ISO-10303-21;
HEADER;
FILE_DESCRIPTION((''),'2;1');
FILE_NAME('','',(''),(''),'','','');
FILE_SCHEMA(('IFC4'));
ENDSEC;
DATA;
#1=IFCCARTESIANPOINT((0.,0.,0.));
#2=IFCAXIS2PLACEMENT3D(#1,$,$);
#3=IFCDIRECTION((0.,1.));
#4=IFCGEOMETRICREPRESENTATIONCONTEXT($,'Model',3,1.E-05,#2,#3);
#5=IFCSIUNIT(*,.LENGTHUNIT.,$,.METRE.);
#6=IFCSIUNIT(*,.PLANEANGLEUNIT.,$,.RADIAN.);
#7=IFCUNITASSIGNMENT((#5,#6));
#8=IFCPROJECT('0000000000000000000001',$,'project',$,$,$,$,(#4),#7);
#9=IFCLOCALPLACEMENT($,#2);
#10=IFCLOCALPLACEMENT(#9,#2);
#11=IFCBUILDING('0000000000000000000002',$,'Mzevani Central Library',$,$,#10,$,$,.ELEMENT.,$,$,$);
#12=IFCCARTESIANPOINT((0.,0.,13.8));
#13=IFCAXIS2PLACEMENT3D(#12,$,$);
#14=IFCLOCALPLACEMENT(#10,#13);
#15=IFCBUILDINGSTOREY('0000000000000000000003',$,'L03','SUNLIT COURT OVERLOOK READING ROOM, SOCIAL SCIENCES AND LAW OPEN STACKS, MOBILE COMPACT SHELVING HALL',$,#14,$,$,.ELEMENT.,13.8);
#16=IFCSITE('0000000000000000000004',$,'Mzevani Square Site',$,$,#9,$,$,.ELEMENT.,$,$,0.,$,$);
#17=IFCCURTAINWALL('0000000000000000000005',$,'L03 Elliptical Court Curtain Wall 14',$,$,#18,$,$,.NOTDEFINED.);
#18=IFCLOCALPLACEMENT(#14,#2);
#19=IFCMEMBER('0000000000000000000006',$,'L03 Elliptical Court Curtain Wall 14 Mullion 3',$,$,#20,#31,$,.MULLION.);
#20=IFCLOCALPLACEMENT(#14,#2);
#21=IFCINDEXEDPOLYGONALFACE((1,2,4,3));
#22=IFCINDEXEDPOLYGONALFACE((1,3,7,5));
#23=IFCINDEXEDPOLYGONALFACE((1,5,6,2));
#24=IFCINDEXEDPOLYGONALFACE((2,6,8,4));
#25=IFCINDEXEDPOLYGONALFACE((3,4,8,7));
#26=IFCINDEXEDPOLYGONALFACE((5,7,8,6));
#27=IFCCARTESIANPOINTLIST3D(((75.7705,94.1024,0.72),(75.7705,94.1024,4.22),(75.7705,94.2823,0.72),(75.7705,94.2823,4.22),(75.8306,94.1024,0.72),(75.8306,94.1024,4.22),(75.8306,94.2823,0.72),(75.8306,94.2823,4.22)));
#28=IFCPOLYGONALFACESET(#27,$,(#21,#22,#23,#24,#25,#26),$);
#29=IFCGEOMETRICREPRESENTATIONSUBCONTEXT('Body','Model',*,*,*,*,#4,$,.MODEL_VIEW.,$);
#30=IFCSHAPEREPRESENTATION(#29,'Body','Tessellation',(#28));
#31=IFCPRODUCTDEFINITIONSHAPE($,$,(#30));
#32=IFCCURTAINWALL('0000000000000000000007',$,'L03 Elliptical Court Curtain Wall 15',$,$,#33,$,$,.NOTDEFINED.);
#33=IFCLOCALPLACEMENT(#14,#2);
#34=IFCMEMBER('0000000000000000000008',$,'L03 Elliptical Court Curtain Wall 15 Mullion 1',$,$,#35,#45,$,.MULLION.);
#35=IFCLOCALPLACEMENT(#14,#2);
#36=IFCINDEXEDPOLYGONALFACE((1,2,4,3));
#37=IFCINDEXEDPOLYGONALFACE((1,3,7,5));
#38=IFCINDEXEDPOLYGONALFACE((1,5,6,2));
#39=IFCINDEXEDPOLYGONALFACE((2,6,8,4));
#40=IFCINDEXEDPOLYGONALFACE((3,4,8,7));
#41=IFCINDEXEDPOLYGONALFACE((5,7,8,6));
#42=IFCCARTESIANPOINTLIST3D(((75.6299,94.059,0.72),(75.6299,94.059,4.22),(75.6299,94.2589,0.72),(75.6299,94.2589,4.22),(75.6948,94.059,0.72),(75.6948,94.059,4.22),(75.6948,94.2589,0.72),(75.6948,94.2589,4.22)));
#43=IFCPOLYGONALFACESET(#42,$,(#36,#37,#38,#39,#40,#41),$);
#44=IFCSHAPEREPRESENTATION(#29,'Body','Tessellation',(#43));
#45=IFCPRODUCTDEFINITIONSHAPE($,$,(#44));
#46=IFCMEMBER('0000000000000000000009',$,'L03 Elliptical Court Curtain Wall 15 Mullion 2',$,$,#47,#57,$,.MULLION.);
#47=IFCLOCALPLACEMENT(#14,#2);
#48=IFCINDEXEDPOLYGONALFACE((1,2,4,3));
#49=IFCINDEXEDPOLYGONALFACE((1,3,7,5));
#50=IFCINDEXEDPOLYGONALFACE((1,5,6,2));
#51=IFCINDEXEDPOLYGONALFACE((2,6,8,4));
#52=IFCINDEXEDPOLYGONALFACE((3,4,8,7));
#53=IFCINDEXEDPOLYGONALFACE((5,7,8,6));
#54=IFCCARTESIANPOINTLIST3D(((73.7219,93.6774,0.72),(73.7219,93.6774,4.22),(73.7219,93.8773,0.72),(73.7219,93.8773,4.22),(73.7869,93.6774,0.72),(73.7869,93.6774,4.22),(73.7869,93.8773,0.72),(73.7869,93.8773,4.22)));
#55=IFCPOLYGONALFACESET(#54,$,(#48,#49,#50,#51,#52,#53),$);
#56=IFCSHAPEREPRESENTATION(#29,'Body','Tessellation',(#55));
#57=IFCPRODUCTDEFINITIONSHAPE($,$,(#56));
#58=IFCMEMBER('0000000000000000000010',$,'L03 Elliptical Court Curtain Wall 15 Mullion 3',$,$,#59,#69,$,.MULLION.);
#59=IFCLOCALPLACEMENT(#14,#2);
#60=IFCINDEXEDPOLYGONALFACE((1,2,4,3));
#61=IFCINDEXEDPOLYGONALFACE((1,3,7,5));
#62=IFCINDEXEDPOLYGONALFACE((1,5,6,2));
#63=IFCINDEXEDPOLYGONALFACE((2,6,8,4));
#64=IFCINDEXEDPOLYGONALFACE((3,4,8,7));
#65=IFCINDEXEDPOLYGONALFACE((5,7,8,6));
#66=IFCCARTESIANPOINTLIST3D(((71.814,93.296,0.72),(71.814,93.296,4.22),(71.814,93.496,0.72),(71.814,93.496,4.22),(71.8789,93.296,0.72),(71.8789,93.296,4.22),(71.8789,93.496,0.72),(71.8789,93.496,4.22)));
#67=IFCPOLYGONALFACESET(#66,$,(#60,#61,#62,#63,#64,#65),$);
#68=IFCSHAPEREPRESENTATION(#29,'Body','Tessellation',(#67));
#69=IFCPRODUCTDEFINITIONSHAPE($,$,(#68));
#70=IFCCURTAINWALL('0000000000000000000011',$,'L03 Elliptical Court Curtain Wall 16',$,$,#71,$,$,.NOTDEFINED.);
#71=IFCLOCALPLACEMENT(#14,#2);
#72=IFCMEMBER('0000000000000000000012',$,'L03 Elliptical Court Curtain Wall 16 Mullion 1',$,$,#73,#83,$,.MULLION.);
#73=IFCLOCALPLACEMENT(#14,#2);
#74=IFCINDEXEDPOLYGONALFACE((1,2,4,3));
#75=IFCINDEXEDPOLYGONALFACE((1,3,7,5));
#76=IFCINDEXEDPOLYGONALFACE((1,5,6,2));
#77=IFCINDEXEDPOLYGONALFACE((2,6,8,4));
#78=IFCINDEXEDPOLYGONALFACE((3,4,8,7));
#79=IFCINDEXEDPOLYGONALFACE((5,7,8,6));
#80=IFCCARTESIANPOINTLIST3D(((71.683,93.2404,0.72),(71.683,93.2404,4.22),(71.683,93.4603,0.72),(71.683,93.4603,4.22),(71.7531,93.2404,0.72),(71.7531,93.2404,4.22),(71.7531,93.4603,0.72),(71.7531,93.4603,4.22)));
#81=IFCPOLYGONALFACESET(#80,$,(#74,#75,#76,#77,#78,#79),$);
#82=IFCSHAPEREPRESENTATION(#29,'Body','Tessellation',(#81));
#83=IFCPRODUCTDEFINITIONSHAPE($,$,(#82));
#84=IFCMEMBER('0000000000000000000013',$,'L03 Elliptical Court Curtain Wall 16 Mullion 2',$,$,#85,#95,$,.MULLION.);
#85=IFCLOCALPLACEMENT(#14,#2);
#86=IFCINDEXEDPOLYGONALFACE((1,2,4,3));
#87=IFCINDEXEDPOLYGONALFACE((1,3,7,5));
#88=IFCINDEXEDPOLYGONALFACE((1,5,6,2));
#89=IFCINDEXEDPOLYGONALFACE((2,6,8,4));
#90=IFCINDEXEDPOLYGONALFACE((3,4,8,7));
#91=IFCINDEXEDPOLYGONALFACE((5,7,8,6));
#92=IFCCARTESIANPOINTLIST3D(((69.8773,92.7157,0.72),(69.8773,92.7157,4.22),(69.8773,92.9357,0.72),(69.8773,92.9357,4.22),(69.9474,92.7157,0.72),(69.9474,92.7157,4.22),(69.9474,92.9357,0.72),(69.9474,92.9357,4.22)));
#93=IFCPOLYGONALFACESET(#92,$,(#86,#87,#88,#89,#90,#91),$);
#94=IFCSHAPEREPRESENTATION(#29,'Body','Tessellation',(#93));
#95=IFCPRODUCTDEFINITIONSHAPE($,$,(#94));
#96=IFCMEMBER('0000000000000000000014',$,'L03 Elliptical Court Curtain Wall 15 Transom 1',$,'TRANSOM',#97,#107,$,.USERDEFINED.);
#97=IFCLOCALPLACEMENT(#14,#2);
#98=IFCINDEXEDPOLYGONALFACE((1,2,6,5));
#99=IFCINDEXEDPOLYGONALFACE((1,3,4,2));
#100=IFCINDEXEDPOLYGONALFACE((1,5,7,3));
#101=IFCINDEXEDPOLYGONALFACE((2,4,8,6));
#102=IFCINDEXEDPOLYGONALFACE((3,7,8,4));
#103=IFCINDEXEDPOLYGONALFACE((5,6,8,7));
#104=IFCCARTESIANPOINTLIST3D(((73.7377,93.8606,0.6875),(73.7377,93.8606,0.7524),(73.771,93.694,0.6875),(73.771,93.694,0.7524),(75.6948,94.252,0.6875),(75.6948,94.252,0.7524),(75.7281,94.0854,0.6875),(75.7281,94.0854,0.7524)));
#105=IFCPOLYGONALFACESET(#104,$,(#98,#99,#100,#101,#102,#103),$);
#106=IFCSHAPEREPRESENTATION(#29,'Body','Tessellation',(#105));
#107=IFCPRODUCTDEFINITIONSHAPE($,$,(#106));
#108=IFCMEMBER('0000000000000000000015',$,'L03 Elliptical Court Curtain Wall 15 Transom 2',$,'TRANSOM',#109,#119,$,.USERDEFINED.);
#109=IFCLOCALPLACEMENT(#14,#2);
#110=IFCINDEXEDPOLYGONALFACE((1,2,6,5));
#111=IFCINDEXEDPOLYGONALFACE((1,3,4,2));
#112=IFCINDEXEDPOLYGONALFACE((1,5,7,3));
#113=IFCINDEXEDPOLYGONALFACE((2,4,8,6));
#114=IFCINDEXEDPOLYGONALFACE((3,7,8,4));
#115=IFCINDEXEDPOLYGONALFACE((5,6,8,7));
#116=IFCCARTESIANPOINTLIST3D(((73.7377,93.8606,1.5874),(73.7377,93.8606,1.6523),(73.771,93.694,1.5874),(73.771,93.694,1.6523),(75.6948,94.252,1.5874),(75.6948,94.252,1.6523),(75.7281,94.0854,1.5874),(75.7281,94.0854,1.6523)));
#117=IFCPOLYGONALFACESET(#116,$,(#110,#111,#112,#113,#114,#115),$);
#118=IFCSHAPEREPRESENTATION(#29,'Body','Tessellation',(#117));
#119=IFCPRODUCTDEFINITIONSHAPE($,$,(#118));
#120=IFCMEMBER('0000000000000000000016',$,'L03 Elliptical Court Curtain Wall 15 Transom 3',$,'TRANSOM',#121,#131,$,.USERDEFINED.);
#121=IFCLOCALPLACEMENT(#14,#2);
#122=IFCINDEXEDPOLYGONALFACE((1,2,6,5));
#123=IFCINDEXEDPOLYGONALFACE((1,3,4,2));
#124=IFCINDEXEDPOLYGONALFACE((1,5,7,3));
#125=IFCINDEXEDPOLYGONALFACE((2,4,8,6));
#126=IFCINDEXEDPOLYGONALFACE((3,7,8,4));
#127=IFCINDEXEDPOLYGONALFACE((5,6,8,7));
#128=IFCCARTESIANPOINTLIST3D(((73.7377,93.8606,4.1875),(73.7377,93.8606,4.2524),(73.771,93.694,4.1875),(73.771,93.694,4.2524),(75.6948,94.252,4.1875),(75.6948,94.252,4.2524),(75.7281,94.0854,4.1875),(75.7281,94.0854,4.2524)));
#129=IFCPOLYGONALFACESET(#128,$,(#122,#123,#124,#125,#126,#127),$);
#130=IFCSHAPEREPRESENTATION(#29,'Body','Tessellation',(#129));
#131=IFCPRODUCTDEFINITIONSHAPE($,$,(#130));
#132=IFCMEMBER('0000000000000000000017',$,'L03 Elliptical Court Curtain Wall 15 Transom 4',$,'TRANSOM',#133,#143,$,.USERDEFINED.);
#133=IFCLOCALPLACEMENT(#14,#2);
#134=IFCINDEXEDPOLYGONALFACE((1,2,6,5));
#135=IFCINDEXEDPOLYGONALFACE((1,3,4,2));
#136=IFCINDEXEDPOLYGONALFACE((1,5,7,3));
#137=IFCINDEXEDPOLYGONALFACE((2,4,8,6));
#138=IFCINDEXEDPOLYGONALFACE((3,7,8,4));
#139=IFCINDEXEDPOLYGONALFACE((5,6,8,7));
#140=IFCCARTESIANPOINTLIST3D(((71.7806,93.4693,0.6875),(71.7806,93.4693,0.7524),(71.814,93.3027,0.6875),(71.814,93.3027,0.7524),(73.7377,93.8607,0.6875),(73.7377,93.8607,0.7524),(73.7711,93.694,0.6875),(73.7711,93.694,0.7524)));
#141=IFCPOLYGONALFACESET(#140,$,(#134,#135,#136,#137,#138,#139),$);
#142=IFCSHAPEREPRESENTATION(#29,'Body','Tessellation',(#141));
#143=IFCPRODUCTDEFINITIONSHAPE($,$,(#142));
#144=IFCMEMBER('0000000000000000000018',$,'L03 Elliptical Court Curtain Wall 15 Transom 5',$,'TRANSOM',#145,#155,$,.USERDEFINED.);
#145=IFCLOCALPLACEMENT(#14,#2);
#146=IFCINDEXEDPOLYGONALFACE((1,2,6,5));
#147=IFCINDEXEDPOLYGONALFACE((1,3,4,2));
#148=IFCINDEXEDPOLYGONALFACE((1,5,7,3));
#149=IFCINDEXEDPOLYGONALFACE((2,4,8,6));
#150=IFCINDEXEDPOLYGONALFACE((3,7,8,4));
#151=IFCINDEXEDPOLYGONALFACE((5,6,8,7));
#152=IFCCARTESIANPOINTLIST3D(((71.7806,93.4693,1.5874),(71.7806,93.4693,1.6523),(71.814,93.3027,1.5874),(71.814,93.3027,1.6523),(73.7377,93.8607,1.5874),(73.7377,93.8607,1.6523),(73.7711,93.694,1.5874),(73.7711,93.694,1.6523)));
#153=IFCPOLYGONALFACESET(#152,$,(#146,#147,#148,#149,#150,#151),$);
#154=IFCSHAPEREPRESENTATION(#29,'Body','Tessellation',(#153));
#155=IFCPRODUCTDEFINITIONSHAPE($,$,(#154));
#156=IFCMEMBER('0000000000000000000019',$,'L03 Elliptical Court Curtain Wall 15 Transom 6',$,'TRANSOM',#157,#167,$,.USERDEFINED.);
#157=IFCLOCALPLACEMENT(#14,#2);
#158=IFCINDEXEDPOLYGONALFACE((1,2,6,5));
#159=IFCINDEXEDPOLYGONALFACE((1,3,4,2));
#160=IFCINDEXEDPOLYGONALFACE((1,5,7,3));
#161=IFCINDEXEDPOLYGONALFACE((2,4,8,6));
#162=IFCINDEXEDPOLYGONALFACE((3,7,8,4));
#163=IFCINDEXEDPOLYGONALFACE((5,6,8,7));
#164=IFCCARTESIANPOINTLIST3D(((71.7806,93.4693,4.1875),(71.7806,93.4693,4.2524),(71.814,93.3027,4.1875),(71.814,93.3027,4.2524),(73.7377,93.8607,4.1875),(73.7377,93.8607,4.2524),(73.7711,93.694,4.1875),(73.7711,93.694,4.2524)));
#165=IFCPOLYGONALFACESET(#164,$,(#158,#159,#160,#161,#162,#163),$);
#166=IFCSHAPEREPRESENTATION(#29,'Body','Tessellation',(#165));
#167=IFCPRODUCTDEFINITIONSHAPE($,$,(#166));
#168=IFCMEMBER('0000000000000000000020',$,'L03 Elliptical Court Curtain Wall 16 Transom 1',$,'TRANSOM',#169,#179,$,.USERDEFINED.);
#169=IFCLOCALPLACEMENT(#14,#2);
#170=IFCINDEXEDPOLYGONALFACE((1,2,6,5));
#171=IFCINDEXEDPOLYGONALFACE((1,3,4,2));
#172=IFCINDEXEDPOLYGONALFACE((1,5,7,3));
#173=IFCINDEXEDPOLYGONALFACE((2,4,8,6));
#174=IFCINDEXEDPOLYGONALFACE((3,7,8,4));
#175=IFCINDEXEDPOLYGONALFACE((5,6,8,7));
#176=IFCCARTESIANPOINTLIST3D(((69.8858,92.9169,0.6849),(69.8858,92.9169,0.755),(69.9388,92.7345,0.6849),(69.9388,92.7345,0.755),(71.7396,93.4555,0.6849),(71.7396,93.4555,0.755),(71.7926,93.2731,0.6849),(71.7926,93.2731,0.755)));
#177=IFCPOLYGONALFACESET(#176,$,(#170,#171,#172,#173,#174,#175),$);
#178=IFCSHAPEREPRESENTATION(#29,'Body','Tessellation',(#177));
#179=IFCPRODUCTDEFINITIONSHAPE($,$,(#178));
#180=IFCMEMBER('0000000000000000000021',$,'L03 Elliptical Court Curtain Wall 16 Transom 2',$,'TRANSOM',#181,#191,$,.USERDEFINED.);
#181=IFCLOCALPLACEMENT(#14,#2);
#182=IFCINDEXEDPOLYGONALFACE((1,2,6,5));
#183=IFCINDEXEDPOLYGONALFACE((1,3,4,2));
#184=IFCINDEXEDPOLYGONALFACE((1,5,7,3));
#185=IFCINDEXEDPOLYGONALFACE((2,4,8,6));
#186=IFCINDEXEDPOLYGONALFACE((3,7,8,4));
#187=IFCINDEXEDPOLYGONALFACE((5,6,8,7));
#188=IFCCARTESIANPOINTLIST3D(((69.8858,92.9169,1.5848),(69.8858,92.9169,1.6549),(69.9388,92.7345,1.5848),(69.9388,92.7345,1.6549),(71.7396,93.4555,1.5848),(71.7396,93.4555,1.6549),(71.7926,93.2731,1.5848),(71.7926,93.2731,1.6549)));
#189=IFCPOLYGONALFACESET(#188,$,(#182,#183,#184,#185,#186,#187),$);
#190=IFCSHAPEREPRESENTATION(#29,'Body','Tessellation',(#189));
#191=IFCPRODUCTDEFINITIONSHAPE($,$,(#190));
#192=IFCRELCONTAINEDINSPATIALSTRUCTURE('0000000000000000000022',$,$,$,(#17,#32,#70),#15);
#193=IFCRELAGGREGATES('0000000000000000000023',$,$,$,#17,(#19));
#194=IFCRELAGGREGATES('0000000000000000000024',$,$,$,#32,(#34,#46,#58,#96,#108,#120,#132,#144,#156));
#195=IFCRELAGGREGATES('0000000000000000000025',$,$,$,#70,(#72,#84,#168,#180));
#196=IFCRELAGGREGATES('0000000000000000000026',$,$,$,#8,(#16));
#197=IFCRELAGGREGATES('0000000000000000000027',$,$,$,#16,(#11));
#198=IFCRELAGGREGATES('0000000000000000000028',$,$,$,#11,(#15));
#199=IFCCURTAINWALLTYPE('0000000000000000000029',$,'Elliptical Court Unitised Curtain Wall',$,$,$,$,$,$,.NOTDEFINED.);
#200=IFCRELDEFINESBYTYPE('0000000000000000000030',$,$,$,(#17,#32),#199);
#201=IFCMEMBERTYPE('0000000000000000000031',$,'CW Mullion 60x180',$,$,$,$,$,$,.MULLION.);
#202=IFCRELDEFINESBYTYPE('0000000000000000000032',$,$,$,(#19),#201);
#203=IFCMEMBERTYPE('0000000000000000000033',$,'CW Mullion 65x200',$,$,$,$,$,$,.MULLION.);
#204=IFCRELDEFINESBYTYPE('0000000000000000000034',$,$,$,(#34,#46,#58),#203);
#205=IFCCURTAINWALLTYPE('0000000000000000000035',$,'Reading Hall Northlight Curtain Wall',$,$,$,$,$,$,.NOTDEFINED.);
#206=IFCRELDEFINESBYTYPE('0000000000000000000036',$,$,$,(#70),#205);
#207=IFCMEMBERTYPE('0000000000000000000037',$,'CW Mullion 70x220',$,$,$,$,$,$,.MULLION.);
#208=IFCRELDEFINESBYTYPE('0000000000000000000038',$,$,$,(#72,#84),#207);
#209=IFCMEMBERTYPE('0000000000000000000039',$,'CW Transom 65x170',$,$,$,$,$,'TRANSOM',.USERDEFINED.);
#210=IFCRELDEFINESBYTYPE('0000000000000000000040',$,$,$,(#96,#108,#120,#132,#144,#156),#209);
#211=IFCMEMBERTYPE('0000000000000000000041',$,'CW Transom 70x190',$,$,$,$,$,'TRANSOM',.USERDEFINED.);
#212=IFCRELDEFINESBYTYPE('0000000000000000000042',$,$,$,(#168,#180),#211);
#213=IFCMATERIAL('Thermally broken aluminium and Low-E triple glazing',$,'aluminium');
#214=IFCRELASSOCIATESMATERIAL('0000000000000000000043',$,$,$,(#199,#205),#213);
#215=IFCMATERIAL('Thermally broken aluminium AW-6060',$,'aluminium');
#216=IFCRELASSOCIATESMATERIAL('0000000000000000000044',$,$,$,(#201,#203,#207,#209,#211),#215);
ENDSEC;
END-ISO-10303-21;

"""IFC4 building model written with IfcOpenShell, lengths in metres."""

from ifc_helpers import new_model, si_unit, direction, frame, origin, origin_2d, place, context, subcontext, project, spatial, rectangle, extrude, material, material_profile, profile_set, type_object, element, aggregate, save


model = new_model("IFC4")

# Units and contexts
model_context = context("Model", 3, precision=1e-05, world=origin(), true_north=direction((0.0, 1.0)))
body_context = subcontext(model_context, "Body", "Model", "MODEL_VIEW")
ifc_project = project(units=[si_unit("LENGTHUNIT", "METRE"), si_unit("PLANEANGLEUNIT", "RADIAN")], contexts=[model_context])

# Site, building, storey
site_placement = place(None, origin())
site = spatial("IfcSite", under=ifc_project, at=site_placement, Name="Mzevani Square Site", CompositionType="ELEMENT", RefElevation=0.0)
building_placement = place(site_placement, origin())
building = spatial("IfcBuilding", under=site, at=building_placement, Name="Mzevani Central Library", CompositionType="ELEMENT")
storey_placement = place(building_placement, frame((0.0, 0.0, 13.8)))
storey = spatial("IfcBuildingStorey", under=building, at=storey_placement, Name="L03", Description="SUNLIT COURT OVERLOOK READING ROOM, SOCIAL SCIENCES AND LAW OPEN STACKS, MOBILE COMPACT SHELVING HALL", CompositionType="ELEMENT", Elevation=13.8)

# Curtain wall, member
ifc_material_1 = material(Name="Thermally broken aluminium and Low-E triple glazing", Category="aluminium")
curtain_wall_type_1 = type_object("IfcCurtainWallType", Name="Elliptical Court Unitised Curtain Wall", PredefinedType="NOTDEFINED", material=ifc_material_1)
curtain_wall_1_placement = place(storey_placement, origin())
curtain_wall_1 = element("IfcCurtainWall", 1, at=curtain_wall_1_placement, inside=storey, type_object=curtain_wall_type_1, Name="L03 Elliptical Court Curtain Wall 14", PredefinedType="NOTDEFINED")
ifc_material_2 = material(Name="Thermally broken aluminium AW-6060", Category="aluminium")
ifc_material_profile_1 = material_profile(ifc_material_2, rectangle(XDim=0.0601, YDim=0.1799, at=origin_2d()), Name="ALU M60x180")
ifc_profile_set_1 = profile_set([ifc_material_profile_1], Name="Thermally broken aluminium AW-6060")
member_type_1 = type_object("IfcMemberType", Name="CW Mullion 60x180", PredefinedType="MULLION", material=ifc_profile_set_1)
member_1_placement = place(storey_placement, frame((75.8005, 94.1924, 0.72), z_axis=(0.0, 0.0, 1.0), x_axis=(1.0, 0.0, 0.0)))
member_1 = element("IfcMember", 2, at=member_1_placement, type_object=member_type_1, Name="L03 Elliptical Court Curtain Wall 14 Mullion 3", PredefinedType="MULLION", context=body_context, shape_type="SweptSolid", body=[
    extrude(rectangle(XDim=0.0601, YDim=0.1799, at=origin_2d()), origin(), (0.0, 0.0, 1.0), 3.5),
])

# Curtain walls, members
curtain_wall_2_placement = place(storey_placement, origin())
curtain_wall_2 = element("IfcCurtainWall", 3, at=curtain_wall_2_placement, inside=storey, type_object=curtain_wall_type_1, Name="L03 Elliptical Court Curtain Wall 15", PredefinedType="NOTDEFINED")
ifc_material_profile_2 = material_profile(ifc_material_2, rectangle(XDim=0.0649, YDim=0.2, at=origin_2d()), Name="ALU M65x200")
ifc_profile_set_2 = profile_set([ifc_material_profile_2], Name="Thermally broken aluminium AW-6060")
member_type_2 = type_object("IfcMemberType", Name="CW Mullion 65x200", PredefinedType="MULLION", material=ifc_profile_set_2)
member_2_placement = place(storey_placement, frame((75.6624, 94.1589, 0.72), z_axis=(0.0, 0.0, 1.0), x_axis=(1.0, 0.0, 0.0)))
member_2 = element("IfcMember", 4, at=member_2_placement, type_object=member_type_2, Name="L03 Elliptical Court Curtain Wall 15 Mullion 1", PredefinedType="MULLION", context=body_context, shape_type="SweptSolid", body=[
    extrude(rectangle(XDim=0.0649, YDim=0.2, at=origin_2d()), origin(), (0.0, 0.0, 1.0), 3.5),
])
member_3_placement = place(storey_placement, frame((73.7544, 93.7773, 0.72), z_axis=(0.0, 0.0, 1.0), x_axis=(1.0, 0.0, 0.0)))
member_3 = element("IfcMember", 5, at=member_3_placement, type_object=member_type_2, Name="L03 Elliptical Court Curtain Wall 15 Mullion 2", PredefinedType="MULLION", context=body_context, shape_type="SweptSolid", body=[
    extrude(rectangle(XDim=0.0649, YDim=0.2, at=origin_2d()), origin(), (0.0, 0.0, 1.0), 3.5),
])
member_4_placement = place(storey_placement, frame((71.8464, 93.396, 0.72), z_axis=(0.0, 0.0, 1.0), x_axis=(1.0, 0.0, 0.0)))
member_4 = element("IfcMember", 6, at=member_4_placement, type_object=member_type_2, Name="L03 Elliptical Court Curtain Wall 15 Mullion 3", PredefinedType="MULLION", context=body_context, shape_type="SweptSolid", body=[
    extrude(rectangle(XDim=0.0649, YDim=0.2, at=origin_2d()), origin(), (0.0, 0.0, 1.0), 3.5),
])
curtain_wall_type_2 = type_object("IfcCurtainWallType", Name="Reading Hall Northlight Curtain Wall", PredefinedType="NOTDEFINED", material=ifc_material_1)
curtain_wall_3_placement = place(storey_placement, origin())
curtain_wall_3 = element("IfcCurtainWall", 7, at=curtain_wall_3_placement, inside=storey, type_object=curtain_wall_type_2, Name="L03 Elliptical Court Curtain Wall 16", PredefinedType="NOTDEFINED")
ifc_material_profile_3 = material_profile(ifc_material_2, rectangle(XDim=0.0701, YDim=0.22, at=origin_2d()), Name="ALU M70x220")
ifc_profile_set_3 = profile_set([ifc_material_profile_3], Name="Thermally broken aluminium AW-6060")
member_type_3 = type_object("IfcMemberType", Name="CW Mullion 70x220", PredefinedType="MULLION", material=ifc_profile_set_3)
member_5_placement = place(storey_placement, frame((71.718, 93.3503, 0.72), z_axis=(0.0, 0.0, 1.0), x_axis=(1.0, 0.0, 0.0)))
member_5 = element("IfcMember", 8, at=member_5_placement, type_object=member_type_3, Name="L03 Elliptical Court Curtain Wall 16 Mullion 1", PredefinedType="MULLION", context=body_context, shape_type="SweptSolid", body=[
    extrude(rectangle(XDim=0.0701, YDim=0.22, at=origin_2d()), origin(), (0.0, 0.0, 1.0), 3.5),
])
member_6_placement = place(storey_placement, frame((69.9124, 92.8257, 0.72), z_axis=(0.0, 0.0, 1.0), x_axis=(1.0, 0.0, 0.0)))
member_6 = element("IfcMember", 9, at=member_6_placement, type_object=member_type_3, Name="L03 Elliptical Court Curtain Wall 16 Mullion 2", PredefinedType="MULLION", context=body_context, shape_type="SweptSolid", body=[
    extrude(rectangle(XDim=0.0701, YDim=0.22, at=origin_2d()), origin(), (0.0, 0.0, 1.0), 3.5),
])

# Members
ifc_material_profile_4 = material_profile(ifc_material_2, rectangle(XDim=0.1699, YDim=0.0649, at=origin_2d()), Name="ALU T65x170")
ifc_profile_set_4 = profile_set([ifc_material_profile_4], Name="Thermally broken aluminium AW-6060")
member_type_4 = type_object("IfcMemberType", Name="CW Transom 65x170", ElementType="TRANSOM", PredefinedType="USERDEFINED", material=ifc_profile_set_4)
member_7_placement = place(storey_placement, frame((75.7114, 94.1687, 0.72), z_axis=(-0.980585, -0.196093, 0.0), x_axis=(0.196093, -0.980585, 0.0)))
member_7 = element("IfcMember", 10, at=member_7_placement, type_object=member_type_4, Name="L03 Elliptical Court Curtain Wall 15 Transom 1", ObjectType="TRANSOM", PredefinedType="USERDEFINED", context=body_context, shape_type="SweptSolid", body=[
    extrude(rectangle(XDim=0.1699, YDim=0.0649, at=origin_2d()), origin(), (0.0, 0.0, 1.0), 1.9958),
])
member_8_placement = place(storey_placement, frame((75.7114, 94.1687, 1.6199), z_axis=(-0.980585, -0.196093, 0.0), x_axis=(0.196093, -0.980585, 0.0)))
member_8 = element("IfcMember", 11, at=member_8_placement, type_object=member_type_4, Name="L03 Elliptical Court Curtain Wall 15 Transom 2", ObjectType="TRANSOM", PredefinedType="USERDEFINED", context=body_context, shape_type="SweptSolid", body=[
    extrude(rectangle(XDim=0.1699, YDim=0.0649, at=origin_2d()), origin(), (0.0, 0.0, 1.0), 1.9958),
])
member_9_placement = place(storey_placement, frame((75.7114, 94.1687, 4.22), z_axis=(-0.980585, -0.196093, 0.0), x_axis=(0.196093, -0.980585, 0.0)))
member_9 = element("IfcMember", 12, at=member_9_placement, type_object=member_type_4, Name="L03 Elliptical Court Curtain Wall 15 Transom 3", ObjectType="TRANSOM", PredefinedType="USERDEFINED", context=body_context, shape_type="SweptSolid", body=[
    extrude(rectangle(XDim=0.1699, YDim=0.0649, at=origin_2d()), origin(), (0.0, 0.0, 1.0), 1.9958),
])
member_10_placement = place(storey_placement, frame((73.7544, 93.7773, 0.72), z_axis=(-0.980585, -0.196093, 0.0), x_axis=(0.196093, -0.980585, 0.0)))
member_10 = element("IfcMember", 13, at=member_10_placement, type_object=member_type_4, Name="L03 Elliptical Court Curtain Wall 15 Transom 4", ObjectType="TRANSOM", PredefinedType="USERDEFINED", context=body_context, shape_type="SweptSolid", body=[
    extrude(rectangle(XDim=0.1699, YDim=0.0649, at=origin_2d()), origin(), (0.0, 0.0, 1.0), 1.9958),
])
member_11_placement = place(storey_placement, frame((73.7544, 93.7773, 1.6199), z_axis=(-0.980585, -0.196093, 0.0), x_axis=(0.196093, -0.980585, 0.0)))
member_11 = element("IfcMember", 14, at=member_11_placement, type_object=member_type_4, Name="L03 Elliptical Court Curtain Wall 15 Transom 5", ObjectType="TRANSOM", PredefinedType="USERDEFINED", context=body_context, shape_type="SweptSolid", body=[
    extrude(rectangle(XDim=0.1699, YDim=0.0649, at=origin_2d()), origin(), (0.0, 0.0, 1.0), 1.9958),
])
member_12_placement = place(storey_placement, frame((73.7544, 93.7773, 4.22), z_axis=(-0.980585, -0.196093, 0.0), x_axis=(0.196093, -0.980585, 0.0)))
member_12 = element("IfcMember", 15, at=member_12_placement, type_object=member_type_4, Name="L03 Elliptical Court Curtain Wall 15 Transom 6", ObjectType="TRANSOM", PredefinedType="USERDEFINED", context=body_context, shape_type="SweptSolid", body=[
    extrude(rectangle(XDim=0.1699, YDim=0.0649, at=origin_2d()), origin(), (0.0, 0.0, 1.0), 1.9958),
])
ifc_material_profile_5 = material_profile(ifc_material_2, rectangle(XDim=0.1899, YDim=0.0701, at=origin_2d()), Name="ALU T70x190")
ifc_profile_set_5 = profile_set([ifc_material_profile_5], Name="Thermally broken aluminium AW-6060")
member_type_5 = type_object("IfcMemberType", Name="CW Transom 70x190", ElementType="TRANSOM", PredefinedType="USERDEFINED", material=ifc_profile_set_5)
member_13_placement = place(storey_placement, frame((71.7661, 93.3643, 0.72), z_axis=(-0.960293, -0.278995, 0.0), x_axis=(0.278995, -0.960293, 0.0)))
member_13 = element("IfcMember", 16, at=member_13_placement, type_object=member_type_5, Name="L03 Elliptical Court Curtain Wall 16 Transom 1", ObjectType="TRANSOM", PredefinedType="USERDEFINED", context=body_context, shape_type="SweptSolid", body=[
    extrude(rectangle(XDim=0.1899, YDim=0.0701, at=origin_2d()), origin(), (0.0, 0.0, 1.0), 1.9304),
])
member_14_placement = place(storey_placement, frame((71.7661, 93.3643, 1.6199), z_axis=(-0.960293, -0.278995, 0.0), x_axis=(0.278995, -0.960293, 0.0)))
member_14 = element("IfcMember", 17, at=member_14_placement, type_object=member_type_5, Name="L03 Elliptical Court Curtain Wall 16 Transom 2", ObjectType="TRANSOM", PredefinedType="USERDEFINED", context=body_context, shape_type="SweptSolid", body=[
    extrude(rectangle(XDim=0.1899, YDim=0.0701, at=origin_2d()), origin(), (0.0, 0.0, 1.0), 1.9304),
])

aggregate(curtain_wall_1, [member_1])
aggregate(curtain_wall_2, [member_2, member_3, member_4, member_7, member_8, member_9, member_10, member_11, member_12])
aggregate(curtain_wall_3, [member_5, member_6, member_13, member_14])

save(model, "model.ifc")
